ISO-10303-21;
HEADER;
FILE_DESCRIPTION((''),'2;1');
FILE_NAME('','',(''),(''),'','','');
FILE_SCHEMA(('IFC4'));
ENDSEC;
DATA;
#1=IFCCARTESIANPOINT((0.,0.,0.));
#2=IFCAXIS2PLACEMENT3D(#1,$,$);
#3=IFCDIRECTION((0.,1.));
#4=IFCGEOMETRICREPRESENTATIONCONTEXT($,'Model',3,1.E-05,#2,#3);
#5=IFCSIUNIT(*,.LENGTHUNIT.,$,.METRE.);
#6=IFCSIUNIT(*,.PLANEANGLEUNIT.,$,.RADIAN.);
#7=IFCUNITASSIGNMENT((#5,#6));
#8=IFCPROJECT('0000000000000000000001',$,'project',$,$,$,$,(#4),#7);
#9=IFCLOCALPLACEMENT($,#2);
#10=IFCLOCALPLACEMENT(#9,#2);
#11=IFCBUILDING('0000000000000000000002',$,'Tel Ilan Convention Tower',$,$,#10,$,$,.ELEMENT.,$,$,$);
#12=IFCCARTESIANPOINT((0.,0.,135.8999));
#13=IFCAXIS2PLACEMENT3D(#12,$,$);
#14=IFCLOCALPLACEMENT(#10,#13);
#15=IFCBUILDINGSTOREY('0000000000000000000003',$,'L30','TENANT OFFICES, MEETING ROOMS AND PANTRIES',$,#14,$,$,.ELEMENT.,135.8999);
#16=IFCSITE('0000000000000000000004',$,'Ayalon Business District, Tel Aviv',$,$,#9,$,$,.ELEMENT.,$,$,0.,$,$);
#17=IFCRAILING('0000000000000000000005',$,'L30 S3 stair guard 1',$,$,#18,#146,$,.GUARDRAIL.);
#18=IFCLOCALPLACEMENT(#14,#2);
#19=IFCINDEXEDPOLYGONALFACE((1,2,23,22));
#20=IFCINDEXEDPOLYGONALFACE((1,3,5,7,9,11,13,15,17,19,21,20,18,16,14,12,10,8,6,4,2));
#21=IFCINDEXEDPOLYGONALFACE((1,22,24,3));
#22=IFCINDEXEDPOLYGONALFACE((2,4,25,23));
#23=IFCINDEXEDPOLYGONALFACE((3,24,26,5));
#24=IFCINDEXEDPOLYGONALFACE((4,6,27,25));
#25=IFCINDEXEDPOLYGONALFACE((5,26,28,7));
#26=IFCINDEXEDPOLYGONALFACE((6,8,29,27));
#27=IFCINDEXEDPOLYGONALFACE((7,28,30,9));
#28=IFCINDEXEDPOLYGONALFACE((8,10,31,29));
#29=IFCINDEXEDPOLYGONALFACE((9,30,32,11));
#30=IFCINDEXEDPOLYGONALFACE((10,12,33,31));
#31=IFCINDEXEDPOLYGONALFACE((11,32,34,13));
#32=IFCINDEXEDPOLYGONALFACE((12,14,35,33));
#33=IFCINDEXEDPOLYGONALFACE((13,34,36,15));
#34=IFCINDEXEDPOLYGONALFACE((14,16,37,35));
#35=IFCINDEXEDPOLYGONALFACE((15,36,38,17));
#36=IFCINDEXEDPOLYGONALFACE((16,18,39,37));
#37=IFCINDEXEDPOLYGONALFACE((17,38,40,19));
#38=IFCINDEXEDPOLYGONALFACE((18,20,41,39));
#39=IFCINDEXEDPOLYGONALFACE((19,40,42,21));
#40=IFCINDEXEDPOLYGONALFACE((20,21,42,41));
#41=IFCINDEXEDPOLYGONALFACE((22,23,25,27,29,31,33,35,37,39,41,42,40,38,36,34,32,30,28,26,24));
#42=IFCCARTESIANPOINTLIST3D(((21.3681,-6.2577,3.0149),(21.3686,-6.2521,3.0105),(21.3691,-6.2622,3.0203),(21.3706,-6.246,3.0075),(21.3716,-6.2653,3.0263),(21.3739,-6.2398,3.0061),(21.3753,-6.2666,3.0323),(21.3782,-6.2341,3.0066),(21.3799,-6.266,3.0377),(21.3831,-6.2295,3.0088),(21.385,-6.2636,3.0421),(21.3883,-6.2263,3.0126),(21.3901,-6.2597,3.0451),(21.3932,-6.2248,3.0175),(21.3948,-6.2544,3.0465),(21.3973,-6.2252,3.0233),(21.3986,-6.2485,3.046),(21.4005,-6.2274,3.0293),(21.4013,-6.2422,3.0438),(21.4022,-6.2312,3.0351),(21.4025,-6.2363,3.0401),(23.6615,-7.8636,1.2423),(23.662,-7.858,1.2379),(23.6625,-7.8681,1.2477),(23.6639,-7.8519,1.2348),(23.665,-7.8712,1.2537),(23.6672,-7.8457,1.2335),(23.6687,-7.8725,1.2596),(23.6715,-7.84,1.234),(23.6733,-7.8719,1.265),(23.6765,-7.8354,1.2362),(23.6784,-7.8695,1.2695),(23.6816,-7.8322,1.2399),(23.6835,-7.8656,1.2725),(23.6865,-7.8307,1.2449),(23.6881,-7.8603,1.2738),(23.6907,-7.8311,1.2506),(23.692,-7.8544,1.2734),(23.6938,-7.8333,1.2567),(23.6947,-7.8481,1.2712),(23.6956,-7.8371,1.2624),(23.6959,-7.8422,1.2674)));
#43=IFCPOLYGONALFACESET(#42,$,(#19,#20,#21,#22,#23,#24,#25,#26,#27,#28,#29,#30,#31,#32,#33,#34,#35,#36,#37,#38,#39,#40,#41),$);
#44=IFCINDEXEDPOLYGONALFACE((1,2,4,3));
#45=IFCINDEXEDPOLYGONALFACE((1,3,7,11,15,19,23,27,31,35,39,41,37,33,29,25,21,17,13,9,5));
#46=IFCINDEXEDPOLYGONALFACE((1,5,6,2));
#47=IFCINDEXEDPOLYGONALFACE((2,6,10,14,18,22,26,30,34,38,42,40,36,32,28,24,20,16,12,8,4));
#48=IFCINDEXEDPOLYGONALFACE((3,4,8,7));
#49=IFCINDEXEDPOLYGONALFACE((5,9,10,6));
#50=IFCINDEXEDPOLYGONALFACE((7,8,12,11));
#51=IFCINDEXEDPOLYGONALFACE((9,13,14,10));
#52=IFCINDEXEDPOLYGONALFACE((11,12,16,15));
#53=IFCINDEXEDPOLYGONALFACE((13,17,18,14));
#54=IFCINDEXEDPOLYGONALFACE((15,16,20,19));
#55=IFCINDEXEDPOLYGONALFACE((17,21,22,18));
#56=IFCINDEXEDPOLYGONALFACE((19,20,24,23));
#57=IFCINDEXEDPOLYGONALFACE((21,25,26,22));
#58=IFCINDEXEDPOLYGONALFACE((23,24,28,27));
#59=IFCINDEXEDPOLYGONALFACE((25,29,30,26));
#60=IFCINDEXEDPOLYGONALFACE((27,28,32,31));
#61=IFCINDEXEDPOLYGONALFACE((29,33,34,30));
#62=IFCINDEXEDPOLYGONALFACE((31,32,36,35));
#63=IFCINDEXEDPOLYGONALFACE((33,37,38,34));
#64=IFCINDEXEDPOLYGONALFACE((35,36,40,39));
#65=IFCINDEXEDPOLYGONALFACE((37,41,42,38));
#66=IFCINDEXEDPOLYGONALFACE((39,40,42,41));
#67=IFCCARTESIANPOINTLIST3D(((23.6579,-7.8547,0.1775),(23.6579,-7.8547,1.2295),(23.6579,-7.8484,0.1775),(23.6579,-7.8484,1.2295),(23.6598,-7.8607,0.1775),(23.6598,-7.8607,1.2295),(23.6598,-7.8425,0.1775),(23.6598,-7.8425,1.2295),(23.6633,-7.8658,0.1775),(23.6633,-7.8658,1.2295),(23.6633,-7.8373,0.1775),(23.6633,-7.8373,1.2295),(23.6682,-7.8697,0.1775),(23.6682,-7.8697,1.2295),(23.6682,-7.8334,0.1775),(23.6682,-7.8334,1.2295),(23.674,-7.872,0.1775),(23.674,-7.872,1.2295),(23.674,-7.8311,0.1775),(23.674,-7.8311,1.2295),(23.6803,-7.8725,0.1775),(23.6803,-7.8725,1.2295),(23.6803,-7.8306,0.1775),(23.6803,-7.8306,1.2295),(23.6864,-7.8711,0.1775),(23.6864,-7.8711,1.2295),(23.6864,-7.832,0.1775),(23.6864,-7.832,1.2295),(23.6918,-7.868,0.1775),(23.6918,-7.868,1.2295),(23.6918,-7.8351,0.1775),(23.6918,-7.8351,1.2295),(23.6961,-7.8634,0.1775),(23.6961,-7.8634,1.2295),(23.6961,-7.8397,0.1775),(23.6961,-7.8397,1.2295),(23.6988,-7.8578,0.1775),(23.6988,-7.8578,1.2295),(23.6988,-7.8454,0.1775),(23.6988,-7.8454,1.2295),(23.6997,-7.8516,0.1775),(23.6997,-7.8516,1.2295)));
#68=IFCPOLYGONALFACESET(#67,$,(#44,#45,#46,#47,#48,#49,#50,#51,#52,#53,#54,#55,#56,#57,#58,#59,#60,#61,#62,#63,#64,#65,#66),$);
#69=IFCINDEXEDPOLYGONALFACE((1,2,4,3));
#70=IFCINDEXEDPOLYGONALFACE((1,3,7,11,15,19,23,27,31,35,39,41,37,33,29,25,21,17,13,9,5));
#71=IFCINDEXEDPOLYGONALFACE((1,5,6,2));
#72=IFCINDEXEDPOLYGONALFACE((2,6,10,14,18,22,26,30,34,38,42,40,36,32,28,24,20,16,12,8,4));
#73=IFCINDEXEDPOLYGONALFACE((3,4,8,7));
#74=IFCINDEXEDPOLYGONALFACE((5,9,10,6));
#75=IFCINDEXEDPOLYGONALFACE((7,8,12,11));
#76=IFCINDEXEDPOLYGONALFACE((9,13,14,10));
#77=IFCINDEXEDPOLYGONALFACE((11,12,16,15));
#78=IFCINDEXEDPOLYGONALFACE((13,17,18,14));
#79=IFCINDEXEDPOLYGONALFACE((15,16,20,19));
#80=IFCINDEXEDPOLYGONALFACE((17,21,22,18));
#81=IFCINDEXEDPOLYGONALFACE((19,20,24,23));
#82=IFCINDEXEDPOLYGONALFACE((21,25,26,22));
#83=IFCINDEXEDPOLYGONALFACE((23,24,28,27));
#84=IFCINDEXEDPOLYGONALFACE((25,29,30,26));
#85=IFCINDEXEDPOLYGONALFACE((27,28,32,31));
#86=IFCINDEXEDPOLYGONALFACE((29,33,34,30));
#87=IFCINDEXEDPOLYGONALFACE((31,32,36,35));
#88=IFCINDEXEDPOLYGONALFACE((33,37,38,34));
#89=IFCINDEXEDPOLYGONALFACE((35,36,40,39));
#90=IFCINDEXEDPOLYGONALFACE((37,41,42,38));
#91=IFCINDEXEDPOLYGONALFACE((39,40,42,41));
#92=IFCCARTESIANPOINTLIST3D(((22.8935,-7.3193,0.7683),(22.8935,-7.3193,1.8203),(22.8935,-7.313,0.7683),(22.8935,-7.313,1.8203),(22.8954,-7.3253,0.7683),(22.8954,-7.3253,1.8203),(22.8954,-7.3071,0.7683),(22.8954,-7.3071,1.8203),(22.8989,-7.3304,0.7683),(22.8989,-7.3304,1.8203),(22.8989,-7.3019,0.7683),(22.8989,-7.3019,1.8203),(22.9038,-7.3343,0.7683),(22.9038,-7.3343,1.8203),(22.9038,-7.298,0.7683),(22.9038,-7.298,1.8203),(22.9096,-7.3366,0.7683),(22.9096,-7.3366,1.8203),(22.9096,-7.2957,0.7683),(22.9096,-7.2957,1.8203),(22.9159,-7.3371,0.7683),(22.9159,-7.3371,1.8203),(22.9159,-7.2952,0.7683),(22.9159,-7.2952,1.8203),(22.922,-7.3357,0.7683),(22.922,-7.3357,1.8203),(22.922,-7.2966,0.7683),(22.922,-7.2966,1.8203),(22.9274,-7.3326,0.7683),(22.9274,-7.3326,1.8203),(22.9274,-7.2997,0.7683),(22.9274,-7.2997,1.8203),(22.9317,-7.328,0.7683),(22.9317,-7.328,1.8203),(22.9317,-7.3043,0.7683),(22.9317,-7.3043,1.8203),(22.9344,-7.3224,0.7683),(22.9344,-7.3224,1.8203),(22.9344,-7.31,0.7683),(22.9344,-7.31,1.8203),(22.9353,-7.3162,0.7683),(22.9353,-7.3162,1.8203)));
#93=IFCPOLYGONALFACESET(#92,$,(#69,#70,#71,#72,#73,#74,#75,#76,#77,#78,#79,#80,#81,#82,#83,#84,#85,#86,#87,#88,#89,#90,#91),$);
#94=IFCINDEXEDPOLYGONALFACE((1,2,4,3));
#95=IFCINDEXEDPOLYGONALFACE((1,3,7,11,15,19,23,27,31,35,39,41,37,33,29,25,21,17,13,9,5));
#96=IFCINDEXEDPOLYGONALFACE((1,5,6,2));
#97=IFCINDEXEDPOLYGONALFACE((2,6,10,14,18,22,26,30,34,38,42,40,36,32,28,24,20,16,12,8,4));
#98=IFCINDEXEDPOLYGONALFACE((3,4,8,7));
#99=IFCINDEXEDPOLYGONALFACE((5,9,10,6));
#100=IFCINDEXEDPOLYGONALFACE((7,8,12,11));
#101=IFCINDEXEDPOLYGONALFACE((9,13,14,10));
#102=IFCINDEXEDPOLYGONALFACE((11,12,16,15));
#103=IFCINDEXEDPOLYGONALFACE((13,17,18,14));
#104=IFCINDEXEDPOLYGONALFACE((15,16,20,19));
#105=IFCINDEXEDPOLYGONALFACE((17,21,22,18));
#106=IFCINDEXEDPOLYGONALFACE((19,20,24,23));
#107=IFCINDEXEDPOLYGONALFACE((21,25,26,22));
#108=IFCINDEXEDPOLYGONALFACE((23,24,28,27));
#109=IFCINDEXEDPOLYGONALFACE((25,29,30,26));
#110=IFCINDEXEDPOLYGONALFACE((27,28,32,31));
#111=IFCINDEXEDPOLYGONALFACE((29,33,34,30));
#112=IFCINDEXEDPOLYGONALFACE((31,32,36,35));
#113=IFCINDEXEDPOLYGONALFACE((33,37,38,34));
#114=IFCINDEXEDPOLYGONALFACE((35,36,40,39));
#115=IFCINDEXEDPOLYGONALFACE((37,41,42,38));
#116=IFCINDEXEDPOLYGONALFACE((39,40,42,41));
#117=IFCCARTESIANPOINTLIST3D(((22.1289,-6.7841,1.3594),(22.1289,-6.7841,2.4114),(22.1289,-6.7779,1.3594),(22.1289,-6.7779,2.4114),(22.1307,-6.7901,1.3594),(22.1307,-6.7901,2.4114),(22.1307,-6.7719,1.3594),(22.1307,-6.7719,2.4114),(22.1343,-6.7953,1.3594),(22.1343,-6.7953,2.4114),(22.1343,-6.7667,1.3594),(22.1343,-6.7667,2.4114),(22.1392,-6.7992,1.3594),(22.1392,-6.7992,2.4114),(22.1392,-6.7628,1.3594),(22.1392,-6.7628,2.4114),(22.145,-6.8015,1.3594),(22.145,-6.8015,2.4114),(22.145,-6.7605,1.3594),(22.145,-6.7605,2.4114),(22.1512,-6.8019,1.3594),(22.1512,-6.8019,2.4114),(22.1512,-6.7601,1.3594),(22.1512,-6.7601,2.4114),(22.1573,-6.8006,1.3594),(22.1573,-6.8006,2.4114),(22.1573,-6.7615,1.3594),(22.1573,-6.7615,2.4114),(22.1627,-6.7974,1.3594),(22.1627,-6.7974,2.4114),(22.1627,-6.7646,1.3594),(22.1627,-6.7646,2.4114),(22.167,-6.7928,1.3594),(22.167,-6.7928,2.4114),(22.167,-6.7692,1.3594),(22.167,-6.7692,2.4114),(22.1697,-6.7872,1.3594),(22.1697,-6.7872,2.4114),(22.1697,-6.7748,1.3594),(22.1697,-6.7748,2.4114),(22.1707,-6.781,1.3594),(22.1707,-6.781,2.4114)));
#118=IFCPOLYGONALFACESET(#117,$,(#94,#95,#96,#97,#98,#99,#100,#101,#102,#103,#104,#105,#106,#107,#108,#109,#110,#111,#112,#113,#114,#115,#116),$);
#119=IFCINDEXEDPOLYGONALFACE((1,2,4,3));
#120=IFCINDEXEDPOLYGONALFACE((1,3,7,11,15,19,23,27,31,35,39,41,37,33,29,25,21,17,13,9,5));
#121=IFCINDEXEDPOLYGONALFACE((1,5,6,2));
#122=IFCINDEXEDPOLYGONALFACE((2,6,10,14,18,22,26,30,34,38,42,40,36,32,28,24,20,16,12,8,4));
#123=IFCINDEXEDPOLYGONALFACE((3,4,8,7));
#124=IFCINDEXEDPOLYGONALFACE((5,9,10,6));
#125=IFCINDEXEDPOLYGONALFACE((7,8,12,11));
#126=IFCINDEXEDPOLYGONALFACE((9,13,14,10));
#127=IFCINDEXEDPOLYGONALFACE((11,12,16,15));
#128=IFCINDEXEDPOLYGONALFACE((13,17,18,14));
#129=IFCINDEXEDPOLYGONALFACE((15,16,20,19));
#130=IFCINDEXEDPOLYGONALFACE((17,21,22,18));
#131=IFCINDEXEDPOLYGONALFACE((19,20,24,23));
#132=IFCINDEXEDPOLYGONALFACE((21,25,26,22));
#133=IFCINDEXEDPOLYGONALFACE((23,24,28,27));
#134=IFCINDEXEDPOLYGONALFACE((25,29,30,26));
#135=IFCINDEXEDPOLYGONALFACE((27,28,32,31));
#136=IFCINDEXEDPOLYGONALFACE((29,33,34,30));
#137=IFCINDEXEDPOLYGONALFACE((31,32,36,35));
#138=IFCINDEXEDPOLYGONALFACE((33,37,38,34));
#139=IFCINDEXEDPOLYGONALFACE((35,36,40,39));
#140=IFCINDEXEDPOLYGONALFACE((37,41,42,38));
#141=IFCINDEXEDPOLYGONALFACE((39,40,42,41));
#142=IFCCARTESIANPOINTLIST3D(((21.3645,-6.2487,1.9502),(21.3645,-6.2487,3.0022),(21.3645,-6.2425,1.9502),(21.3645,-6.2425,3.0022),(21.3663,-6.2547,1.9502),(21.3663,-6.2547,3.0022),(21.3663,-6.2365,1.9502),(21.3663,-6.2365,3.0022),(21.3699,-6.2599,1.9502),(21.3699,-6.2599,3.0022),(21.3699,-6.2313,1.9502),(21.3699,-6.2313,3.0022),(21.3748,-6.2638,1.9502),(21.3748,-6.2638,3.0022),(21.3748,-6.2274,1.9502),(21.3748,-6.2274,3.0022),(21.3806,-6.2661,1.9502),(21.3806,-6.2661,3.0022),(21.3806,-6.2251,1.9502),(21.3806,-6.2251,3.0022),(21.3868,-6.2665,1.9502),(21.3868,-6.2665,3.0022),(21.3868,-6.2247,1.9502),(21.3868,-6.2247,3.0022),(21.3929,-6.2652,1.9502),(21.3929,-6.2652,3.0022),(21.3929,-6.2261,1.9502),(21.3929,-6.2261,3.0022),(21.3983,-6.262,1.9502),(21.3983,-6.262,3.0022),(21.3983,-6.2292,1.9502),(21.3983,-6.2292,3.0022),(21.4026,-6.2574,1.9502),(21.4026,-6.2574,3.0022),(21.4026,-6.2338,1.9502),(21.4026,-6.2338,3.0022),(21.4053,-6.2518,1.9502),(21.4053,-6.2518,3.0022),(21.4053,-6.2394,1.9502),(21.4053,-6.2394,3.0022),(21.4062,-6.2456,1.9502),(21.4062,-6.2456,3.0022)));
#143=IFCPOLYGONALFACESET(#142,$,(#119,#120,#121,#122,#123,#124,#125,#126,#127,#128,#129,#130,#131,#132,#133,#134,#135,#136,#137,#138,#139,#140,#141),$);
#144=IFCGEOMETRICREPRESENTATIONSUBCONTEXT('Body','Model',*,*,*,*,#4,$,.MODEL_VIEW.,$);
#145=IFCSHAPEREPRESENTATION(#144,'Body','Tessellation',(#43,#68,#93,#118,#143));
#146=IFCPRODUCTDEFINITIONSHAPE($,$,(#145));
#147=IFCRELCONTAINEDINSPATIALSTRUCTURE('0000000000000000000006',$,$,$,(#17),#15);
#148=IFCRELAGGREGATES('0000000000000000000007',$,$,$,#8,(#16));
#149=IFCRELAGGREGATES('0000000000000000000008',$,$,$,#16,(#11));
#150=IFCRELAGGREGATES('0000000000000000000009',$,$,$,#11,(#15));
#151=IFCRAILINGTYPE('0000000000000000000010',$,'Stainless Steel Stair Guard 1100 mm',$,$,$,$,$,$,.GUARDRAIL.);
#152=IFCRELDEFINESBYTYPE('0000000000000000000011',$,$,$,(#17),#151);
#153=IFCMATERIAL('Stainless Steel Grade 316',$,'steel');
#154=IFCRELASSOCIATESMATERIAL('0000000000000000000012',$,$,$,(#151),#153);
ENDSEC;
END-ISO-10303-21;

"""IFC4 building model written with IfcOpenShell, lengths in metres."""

from ifc_helpers import new_model, si_unit, direction, frame, origin, origin_2d, place, context, subcontext, project, spatial, circle, extrude, material, type_object, element, save


model = new_model("IFC4")

# Units and contexts
model_context = context("Model", 3, precision=1e-05, world=origin(), true_north=direction((0.0, 1.0)))
body_context = subcontext(model_context, "Body", "Model", "MODEL_VIEW")
ifc_project = project(units=[si_unit("LENGTHUNIT", "METRE"), si_unit("PLANEANGLEUNIT", "RADIAN")], contexts=[model_context])

# Site, building, storey
site_placement = place(None, origin())
site = spatial("IfcSite", under=ifc_project, at=site_placement, Name="Ayalon Business District, Tel Aviv", CompositionType="ELEMENT", RefElevation=0.0)
building_placement = place(site_placement, origin())
building = spatial("IfcBuilding", under=site, at=building_placement, Name="Tel Ilan Convention Tower", CompositionType="ELEMENT")
storey_placement = place(building_placement, frame((0.0, 0.0, 135.8999)))
storey = spatial("IfcBuildingStorey", under=building, at=storey_placement, Name="L30", Description="TENANT OFFICES, MEETING ROOMS AND PANTRIES", CompositionType="ELEMENT", Elevation=135.8999)

# Railing
ifc_material_1 = material(Name="Stainless Steel Grade 316", Category="steel")
railing_type_1 = type_object("IfcRailingType", Name="Stainless Steel Stair Guard 1100 mm", PredefinedType="GUARDRAIL", material=ifc_material_1)
railing_1_placement = place(storey_placement, frame((23.6787, -7.8516, 0.1775)))
element("IfcRailing", 1, at=railing_1_placement, inside=storey, type_object=railing_type_1, Name="L30 S3 stair guard 1", PredefinedType="GUARDRAIL", context=body_context, shape_type="SweptSolid", body=[
    extrude(circle(Radius=0.0239, at=origin_2d()), frame((0.0, 0.0, 1.0762), z_axis=(-0.692085, 0.484621, 0.53494), x_axis=(-0.573591, -0.819142, 0.0)), (0.0, 0.0, 1.0), 3.3137),
    extrude(circle(Radius=0.021, at=origin_2d()), origin(), (0.0, 0.0, 1.0), 1.052),
    extrude(circle(Radius=0.021, at=origin_2d()), frame((-0.7644, 0.5354, 0.5908)), (0.0, 0.0, 1.0), 1.052),
    extrude(circle(Radius=0.021, at=origin_2d()), frame((-1.5291, 1.0706, 1.1819)), (0.0, 0.0, 1.0), 1.052),
    extrude(circle(Radius=0.021, at=origin_2d()), frame((-2.2935, 1.606, 1.7727)), (0.0, 0.0, 1.0), 1.052),
])

save(model, "model.ifc")
